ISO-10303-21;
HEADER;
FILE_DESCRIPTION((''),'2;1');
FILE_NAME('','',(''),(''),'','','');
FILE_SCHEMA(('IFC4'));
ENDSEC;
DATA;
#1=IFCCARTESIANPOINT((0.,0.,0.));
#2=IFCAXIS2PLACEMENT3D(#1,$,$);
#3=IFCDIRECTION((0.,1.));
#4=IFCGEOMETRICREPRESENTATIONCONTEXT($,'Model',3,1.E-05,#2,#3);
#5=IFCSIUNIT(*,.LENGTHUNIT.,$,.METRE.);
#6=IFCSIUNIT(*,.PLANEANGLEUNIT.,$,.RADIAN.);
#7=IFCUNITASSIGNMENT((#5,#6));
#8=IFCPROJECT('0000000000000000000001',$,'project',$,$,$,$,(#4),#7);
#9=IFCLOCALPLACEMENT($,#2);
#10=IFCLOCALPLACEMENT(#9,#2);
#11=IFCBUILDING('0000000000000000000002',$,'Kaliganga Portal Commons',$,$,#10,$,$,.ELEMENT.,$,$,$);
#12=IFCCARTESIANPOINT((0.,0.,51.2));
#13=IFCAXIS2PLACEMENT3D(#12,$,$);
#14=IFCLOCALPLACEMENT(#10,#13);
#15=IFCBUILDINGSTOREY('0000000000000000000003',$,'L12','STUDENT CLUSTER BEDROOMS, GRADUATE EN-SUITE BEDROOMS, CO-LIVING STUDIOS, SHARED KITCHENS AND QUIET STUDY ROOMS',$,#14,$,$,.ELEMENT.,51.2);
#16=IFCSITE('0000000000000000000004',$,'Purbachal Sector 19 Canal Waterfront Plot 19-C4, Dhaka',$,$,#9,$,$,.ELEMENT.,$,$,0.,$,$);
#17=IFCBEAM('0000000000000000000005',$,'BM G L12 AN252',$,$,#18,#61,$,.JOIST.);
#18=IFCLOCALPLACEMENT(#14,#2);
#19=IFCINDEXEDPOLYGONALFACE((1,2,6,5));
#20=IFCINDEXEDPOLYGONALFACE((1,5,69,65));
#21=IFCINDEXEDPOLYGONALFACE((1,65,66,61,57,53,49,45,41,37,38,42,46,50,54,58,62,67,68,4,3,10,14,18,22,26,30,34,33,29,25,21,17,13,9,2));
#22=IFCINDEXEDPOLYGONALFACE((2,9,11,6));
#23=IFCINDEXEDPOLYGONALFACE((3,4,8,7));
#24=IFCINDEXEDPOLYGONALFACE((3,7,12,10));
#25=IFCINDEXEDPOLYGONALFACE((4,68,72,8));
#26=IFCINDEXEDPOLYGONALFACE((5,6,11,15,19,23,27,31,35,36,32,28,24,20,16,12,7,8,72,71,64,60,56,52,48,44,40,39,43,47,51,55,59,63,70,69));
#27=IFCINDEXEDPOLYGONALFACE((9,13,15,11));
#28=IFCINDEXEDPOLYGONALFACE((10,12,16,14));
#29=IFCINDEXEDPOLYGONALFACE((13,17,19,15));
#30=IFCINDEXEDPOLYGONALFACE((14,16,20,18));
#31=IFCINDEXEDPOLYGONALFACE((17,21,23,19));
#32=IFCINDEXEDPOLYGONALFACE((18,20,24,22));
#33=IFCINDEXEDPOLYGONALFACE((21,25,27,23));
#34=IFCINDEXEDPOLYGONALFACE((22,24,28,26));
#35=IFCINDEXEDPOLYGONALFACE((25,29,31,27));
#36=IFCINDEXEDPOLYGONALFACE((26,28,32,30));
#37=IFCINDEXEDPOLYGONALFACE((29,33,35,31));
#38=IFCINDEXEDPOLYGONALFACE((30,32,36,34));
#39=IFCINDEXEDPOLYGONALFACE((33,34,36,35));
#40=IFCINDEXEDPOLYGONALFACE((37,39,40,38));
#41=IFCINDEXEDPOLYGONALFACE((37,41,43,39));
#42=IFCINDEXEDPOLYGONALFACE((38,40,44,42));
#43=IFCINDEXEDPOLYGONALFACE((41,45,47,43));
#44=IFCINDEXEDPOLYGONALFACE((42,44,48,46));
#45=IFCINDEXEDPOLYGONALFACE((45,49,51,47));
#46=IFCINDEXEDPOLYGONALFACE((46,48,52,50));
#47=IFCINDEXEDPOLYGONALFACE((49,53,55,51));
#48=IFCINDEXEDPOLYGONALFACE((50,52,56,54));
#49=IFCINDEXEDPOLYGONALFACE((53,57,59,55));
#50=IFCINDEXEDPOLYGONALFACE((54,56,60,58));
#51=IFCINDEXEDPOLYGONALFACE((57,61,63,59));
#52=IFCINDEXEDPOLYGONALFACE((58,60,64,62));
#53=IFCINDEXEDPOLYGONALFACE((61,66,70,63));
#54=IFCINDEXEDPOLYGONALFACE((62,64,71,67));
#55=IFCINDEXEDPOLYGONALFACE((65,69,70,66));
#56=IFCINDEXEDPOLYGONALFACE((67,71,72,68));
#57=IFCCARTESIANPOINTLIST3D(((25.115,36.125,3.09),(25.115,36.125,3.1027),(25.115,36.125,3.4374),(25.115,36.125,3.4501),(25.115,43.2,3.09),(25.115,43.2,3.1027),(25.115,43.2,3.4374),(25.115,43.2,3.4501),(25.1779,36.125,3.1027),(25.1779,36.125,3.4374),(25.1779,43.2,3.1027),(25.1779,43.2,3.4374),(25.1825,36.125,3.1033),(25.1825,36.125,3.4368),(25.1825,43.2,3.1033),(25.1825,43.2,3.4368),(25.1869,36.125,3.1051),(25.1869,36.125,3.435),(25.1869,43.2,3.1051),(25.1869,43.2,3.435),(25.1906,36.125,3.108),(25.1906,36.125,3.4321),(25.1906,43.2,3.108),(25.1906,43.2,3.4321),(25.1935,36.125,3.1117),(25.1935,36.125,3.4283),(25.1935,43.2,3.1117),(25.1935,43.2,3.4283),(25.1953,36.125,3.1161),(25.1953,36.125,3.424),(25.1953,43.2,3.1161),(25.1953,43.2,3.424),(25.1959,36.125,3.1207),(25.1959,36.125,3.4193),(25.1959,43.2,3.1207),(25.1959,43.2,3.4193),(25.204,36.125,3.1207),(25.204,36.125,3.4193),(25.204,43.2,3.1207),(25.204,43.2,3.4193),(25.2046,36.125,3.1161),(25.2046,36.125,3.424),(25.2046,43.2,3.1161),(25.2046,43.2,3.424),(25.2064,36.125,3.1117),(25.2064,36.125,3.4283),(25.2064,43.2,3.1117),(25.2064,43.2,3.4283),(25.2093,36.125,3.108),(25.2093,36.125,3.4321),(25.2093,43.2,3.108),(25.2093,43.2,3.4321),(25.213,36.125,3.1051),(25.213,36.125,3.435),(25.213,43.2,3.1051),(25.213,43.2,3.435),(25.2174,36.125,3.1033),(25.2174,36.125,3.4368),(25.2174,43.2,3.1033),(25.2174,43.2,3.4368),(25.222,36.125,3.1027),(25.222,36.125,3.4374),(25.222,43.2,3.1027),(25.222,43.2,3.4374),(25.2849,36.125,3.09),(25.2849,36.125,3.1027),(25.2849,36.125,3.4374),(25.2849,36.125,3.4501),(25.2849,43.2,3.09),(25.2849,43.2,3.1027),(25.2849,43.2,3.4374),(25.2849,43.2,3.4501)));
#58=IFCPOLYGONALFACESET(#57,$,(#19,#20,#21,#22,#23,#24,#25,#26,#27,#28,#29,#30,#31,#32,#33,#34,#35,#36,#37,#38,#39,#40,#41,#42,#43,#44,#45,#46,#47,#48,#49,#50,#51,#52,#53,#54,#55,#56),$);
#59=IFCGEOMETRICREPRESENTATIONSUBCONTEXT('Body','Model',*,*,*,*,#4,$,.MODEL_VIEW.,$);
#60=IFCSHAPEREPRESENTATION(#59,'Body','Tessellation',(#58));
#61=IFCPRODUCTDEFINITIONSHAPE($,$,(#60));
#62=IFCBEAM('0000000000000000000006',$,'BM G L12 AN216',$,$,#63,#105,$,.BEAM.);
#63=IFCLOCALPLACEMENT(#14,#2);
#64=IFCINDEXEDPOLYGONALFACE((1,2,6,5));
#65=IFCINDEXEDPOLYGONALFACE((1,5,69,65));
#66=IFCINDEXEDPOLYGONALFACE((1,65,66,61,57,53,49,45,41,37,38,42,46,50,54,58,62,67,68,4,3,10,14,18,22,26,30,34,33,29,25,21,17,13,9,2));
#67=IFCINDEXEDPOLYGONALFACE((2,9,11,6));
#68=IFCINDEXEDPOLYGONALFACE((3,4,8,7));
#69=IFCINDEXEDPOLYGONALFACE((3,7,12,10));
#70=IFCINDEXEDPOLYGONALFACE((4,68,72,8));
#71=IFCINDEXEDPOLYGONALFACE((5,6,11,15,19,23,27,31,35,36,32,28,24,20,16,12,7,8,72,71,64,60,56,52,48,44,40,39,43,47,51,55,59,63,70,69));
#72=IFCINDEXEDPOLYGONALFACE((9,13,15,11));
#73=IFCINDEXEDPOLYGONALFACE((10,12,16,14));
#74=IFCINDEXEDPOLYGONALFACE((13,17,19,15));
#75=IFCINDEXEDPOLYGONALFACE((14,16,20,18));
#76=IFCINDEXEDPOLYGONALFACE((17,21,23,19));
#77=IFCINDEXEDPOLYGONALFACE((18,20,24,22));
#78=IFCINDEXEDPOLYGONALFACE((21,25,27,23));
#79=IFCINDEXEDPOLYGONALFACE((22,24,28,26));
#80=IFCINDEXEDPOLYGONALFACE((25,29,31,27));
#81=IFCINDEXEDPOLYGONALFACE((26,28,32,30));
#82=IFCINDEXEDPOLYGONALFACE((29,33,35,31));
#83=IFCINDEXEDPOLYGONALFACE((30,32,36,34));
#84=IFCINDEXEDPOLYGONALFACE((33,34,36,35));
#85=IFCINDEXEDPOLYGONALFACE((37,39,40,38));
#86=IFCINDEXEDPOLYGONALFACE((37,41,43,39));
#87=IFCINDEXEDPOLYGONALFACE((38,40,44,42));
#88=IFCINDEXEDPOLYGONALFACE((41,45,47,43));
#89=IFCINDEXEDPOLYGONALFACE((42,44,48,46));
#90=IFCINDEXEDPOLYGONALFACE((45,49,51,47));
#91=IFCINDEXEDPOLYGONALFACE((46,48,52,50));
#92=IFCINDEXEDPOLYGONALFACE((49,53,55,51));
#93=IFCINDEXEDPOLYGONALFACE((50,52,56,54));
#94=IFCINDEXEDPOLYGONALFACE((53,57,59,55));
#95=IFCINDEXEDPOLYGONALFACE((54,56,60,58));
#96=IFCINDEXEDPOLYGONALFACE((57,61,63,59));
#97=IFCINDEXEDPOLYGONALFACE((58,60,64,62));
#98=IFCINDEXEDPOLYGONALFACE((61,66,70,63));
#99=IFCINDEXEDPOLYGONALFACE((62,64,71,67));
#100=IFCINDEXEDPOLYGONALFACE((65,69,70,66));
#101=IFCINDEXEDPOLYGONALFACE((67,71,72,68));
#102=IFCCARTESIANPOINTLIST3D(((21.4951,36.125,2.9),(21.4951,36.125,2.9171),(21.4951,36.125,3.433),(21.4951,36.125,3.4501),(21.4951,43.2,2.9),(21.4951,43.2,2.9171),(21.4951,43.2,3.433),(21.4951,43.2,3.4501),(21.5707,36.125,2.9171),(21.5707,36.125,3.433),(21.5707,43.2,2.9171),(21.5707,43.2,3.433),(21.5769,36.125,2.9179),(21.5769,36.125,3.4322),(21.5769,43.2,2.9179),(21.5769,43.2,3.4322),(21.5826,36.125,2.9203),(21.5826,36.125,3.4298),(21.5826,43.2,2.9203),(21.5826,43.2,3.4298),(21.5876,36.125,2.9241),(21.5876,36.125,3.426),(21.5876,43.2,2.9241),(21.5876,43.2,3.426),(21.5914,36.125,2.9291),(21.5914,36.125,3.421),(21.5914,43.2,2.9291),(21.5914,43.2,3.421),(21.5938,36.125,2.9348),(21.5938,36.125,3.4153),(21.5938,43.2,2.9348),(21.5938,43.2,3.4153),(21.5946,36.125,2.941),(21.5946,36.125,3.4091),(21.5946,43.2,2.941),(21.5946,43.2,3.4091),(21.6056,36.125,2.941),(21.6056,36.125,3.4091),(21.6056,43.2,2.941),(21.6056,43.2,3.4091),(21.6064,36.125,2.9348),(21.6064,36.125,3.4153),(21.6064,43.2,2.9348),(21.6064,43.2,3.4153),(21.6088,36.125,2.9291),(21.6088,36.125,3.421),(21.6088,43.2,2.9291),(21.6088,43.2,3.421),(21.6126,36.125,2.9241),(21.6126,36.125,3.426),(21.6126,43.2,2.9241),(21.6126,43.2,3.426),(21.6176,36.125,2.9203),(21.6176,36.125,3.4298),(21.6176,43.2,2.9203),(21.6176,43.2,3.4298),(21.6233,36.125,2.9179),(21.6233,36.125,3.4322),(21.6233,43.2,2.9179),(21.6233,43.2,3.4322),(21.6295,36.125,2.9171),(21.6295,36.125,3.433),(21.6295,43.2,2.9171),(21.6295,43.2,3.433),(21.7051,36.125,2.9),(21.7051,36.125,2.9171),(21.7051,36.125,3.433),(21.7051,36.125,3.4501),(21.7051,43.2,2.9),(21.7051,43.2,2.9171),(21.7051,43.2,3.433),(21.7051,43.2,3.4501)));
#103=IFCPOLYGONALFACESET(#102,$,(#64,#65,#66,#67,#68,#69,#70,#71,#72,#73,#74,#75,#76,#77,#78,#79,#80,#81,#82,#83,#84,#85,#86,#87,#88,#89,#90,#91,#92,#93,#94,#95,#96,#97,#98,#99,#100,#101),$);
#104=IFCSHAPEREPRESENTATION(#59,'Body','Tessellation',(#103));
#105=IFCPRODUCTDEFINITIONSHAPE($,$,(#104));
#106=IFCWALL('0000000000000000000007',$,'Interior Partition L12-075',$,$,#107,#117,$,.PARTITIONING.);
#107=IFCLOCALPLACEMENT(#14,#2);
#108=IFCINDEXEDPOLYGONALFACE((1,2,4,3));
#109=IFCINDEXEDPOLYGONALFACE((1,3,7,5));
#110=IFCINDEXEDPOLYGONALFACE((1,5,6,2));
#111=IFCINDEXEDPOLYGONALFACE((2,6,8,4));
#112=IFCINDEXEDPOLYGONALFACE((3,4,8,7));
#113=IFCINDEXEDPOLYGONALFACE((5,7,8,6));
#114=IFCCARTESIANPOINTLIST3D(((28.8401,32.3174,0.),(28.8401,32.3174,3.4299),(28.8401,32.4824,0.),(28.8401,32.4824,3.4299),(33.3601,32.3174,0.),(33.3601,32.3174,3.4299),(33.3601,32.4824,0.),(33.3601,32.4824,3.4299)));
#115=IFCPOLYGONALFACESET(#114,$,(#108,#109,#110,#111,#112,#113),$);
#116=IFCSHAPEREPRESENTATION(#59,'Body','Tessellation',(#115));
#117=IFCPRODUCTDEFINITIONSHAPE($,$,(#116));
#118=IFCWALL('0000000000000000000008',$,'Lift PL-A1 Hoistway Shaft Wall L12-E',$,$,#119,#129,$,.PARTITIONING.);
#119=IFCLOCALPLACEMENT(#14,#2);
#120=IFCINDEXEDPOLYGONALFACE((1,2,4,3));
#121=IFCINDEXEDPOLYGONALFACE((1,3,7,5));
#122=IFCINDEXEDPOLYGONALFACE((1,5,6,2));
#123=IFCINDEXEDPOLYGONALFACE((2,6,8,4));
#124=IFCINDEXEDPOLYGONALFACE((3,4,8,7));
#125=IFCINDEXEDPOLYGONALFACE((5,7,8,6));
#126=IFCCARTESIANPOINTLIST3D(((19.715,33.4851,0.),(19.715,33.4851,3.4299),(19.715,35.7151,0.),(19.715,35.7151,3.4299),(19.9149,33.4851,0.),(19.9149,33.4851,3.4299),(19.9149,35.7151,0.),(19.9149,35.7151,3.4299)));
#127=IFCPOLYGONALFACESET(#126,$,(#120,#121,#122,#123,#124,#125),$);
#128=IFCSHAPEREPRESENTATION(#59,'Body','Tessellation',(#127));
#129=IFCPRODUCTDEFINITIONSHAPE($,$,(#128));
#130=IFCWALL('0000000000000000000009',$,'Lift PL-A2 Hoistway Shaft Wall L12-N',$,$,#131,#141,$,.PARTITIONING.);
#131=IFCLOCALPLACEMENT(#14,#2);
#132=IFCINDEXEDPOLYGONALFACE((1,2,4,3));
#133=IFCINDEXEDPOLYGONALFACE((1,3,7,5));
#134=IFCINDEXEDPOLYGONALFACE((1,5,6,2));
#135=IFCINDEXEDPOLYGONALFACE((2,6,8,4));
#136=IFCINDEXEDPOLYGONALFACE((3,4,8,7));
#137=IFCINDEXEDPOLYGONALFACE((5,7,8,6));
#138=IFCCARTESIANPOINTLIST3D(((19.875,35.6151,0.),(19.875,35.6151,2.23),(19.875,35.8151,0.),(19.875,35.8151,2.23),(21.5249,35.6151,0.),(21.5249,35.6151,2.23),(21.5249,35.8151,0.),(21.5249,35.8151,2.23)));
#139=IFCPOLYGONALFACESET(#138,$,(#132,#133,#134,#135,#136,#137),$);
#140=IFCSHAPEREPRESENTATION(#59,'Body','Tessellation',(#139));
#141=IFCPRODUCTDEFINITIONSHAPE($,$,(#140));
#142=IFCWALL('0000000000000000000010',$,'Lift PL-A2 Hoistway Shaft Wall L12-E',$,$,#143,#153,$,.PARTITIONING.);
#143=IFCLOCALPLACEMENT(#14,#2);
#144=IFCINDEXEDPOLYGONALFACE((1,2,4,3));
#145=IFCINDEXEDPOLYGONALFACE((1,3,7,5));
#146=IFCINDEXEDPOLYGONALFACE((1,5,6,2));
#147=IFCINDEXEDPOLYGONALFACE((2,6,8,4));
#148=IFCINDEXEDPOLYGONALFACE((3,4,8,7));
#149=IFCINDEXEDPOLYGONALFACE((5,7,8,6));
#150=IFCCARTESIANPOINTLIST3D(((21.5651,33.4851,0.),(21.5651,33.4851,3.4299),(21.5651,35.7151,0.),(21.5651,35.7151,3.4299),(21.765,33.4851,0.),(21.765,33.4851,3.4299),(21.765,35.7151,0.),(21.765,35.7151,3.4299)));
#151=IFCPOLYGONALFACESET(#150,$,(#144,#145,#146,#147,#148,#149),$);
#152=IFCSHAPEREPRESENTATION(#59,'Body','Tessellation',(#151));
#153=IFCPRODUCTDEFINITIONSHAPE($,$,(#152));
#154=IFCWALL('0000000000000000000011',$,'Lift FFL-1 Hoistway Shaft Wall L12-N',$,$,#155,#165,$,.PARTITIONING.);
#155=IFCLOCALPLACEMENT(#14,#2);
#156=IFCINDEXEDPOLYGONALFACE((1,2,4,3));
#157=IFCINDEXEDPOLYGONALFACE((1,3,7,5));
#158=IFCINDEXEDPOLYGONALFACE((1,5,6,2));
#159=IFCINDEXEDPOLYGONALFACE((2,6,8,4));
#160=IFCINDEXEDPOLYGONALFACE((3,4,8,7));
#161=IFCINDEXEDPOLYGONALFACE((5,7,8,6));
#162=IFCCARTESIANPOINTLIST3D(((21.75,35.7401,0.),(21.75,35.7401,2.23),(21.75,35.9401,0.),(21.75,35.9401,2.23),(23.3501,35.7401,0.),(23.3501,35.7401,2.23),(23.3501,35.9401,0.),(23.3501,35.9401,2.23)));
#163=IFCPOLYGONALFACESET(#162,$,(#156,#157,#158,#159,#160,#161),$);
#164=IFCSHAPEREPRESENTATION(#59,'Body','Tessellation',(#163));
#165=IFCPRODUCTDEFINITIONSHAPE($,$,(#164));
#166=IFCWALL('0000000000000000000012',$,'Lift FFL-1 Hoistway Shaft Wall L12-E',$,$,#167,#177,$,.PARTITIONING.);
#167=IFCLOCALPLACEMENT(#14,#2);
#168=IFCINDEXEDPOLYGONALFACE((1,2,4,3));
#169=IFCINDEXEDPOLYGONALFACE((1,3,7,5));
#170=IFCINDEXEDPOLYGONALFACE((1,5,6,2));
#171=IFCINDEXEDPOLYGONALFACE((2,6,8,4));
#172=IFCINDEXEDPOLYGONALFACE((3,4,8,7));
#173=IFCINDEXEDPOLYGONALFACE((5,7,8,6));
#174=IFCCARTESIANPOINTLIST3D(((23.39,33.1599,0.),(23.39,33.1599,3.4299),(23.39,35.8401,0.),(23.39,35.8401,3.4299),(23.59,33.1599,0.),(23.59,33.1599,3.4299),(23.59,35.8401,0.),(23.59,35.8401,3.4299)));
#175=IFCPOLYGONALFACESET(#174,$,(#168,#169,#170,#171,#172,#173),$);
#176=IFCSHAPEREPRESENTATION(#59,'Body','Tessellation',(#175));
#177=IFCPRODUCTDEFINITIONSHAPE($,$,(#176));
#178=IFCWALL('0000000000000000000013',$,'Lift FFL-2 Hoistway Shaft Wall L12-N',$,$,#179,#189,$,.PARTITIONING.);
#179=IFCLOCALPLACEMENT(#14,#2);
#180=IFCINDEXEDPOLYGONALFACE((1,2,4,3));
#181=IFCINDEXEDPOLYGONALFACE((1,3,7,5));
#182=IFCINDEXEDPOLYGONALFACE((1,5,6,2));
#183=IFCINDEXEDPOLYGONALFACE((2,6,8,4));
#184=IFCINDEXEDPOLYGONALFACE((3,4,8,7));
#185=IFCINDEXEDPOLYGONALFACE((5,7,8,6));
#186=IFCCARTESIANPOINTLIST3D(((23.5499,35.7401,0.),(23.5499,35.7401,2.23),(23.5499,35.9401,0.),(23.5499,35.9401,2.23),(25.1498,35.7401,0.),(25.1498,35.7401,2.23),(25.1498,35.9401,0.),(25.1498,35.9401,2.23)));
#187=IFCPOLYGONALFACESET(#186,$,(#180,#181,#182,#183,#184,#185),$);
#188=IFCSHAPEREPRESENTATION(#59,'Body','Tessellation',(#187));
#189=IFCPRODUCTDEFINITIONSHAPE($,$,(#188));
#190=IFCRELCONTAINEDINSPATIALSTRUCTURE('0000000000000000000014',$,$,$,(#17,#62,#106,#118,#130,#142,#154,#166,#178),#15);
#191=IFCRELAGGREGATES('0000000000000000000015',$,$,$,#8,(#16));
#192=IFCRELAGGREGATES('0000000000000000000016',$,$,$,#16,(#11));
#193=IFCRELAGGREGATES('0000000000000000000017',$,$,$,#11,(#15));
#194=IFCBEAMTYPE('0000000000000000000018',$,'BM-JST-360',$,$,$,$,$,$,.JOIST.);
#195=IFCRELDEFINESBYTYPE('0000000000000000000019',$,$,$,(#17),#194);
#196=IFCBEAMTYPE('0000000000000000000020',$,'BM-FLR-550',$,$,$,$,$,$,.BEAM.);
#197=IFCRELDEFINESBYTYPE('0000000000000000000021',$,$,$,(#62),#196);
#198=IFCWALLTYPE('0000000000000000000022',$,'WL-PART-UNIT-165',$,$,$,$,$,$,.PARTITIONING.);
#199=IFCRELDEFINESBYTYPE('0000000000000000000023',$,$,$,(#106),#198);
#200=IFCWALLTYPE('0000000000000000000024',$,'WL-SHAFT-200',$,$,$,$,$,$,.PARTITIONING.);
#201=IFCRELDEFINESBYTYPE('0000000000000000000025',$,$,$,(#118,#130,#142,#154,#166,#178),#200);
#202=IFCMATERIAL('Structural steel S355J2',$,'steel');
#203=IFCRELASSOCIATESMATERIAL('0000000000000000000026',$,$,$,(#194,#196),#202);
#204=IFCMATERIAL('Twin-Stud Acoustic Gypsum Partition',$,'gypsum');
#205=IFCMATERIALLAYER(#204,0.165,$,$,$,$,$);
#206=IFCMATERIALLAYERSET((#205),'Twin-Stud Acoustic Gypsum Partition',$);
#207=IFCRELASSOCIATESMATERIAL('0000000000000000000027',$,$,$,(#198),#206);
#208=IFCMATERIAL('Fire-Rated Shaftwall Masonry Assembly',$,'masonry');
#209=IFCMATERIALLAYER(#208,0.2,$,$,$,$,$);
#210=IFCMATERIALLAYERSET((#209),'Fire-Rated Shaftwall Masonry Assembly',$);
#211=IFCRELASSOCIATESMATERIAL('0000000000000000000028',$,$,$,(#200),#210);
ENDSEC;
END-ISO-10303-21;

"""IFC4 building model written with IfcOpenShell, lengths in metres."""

from ifc_helpers import new_model, si_unit, direction, frame, frame_2d, origin, origin_2d, place, context, subcontext, project, spatial, rectangle, i_section, extrude, source, transform, mapped, material, layer, layer_set, material_profile, profile_set, type_object, element, save


model = new_model("IFC4")

# Units and contexts
model_context = context("Model", 3, precision=1e-05, world=origin(), true_north=direction((0.0, 1.0)))
body_context = subcontext(model_context, "Body", "Model", "MODEL_VIEW")
ifc_project = project(units=[si_unit("LENGTHUNIT", "METRE"), si_unit("PLANEANGLEUNIT", "RADIAN")], contexts=[model_context])

# Site, building, storey
site_placement = place(None, origin())
site = spatial("IfcSite", under=ifc_project, at=site_placement, Name="Purbachal Sector 19 Canal Waterfront Plot 19-C4, Dhaka", CompositionType="ELEMENT", RefElevation=0.0)
building_placement = place(site_placement, origin())
building = spatial("IfcBuilding", under=site, at=building_placement, Name="Kaliganga Portal Commons", CompositionType="ELEMENT")
storey_placement = place(building_placement, frame((0.0, 0.0, 51.2)))
storey = spatial("IfcBuildingStorey", under=building, at=storey_placement, Name="L12", Description="STUDENT CLUSTER BEDROOMS, GRADUATE EN-SUITE BEDROOMS, CO-LIVING STUDIOS, SHARED KITCHENS AND QUIET STUDY ROOMS", CompositionType="ELEMENT", Elevation=51.2)

# Beams
ifc_material_1 = material(Name="Structural steel S355J2", Category="steel")
ifc_material_profile_1 = material_profile(ifc_material_1, i_section(OverallWidth=0.1699, OverallDepth=0.3601, WebThickness=0.0081, FlangeThickness=0.0127, FilletRadius=0.0181, at=origin_2d()), Name="IPE 360")
ifc_profile_set_1 = profile_set([ifc_material_profile_1], Name="Structural steel S355J2 wide-flange")
beam_type_1 = type_object("IfcBeamType", Name="BM-JST-360", PredefinedType="JOIST", material=ifc_profile_set_1)
shared_shape_1 = source(origin(), body_context, "Body", "SweptSolid", [
    extrude(i_section(OverallWidth=0.1699, OverallDepth=0.3601, WebThickness=0.0081, FlangeThickness=0.0127, FilletRadius=0.0181, at=origin_2d()), origin(), (0.0, 0.0, 1.0), 7.075),
])
beam_1_placement = place(storey_placement, frame((25.2, 36.125, 3.27), z_axis=(0.0, 1.0, 0.0), x_axis=(-1.0, 0.0, 0.0)))
element("IfcBeam", 1, at=beam_1_placement, inside=storey, type_object=beam_type_1, Name="BM G L12 AN252", PredefinedType="JOIST", context=body_context, shape_type="MappedRepresentation", body=[
    mapped(shared_shape_1, transform((0.0, 0.0, 0.0), x_axis=(1.0, 0.0, 0.0), y_axis=(0.0, 1.0, 0.0), z_axis=(0.0, 0.0, 1.0), scale=1.0)),
])
ifc_material_profile_2 = material_profile(ifc_material_1, i_section(OverallWidth=0.21, OverallDepth=0.55, WebThickness=0.011, FlangeThickness=0.0171, FilletRadius=0.0239, at=origin_2d()), Name="IPE 550")
ifc_profile_set_2 = profile_set([ifc_material_profile_2], Name="Structural steel S355J2 wide-flange")
beam_type_2 = type_object("IfcBeamType", Name="BM-FLR-550", PredefinedType="BEAM", material=ifc_profile_set_2)
shared_shape_2 = source(origin(), body_context, "Body", "SweptSolid", [
    extrude(i_section(OverallWidth=0.21, OverallDepth=0.55, WebThickness=0.011, FlangeThickness=0.0171, FilletRadius=0.0239, at=origin_2d()), origin(), (0.0, 0.0, 1.0), 7.075),
])
beam_2_placement = place(storey_placement, frame((21.6001, 36.125, 3.175), z_axis=(0.0, 1.0, 0.0), x_axis=(-1.0, 0.0, 0.0)))
element("IfcBeam", 2, at=beam_2_placement, inside=storey, type_object=beam_type_2, Name="BM G L12 AN216", PredefinedType="BEAM", context=body_context, shape_type="MappedRepresentation", body=[
    mapped(shared_shape_2, transform((0.0, 0.0, 0.0), x_axis=(1.0, 0.0, 0.0), y_axis=(0.0, 1.0, 0.0), z_axis=(0.0, 0.0, 1.0), scale=1.0)),
])

# Walls
ifc_material_2 = material(Name="Twin-Stud Acoustic Gypsum Partition", Category="gypsum")
ifc_layer_1 = layer(ifc_material_2, 0.165)
ifc_layer_set_1 = layer_set([ifc_layer_1], Name="Twin-Stud Acoustic Gypsum Partition")
wall_type_1 = type_object("IfcWallType", Name="WL-PART-UNIT-165", PredefinedType="PARTITIONING", material=ifc_layer_set_1)
wall_1_placement = place(storey_placement, frame((28.8401, 32.3999, 0.0), z_axis=(0.0, 0.0, 1.0), x_axis=(1.0, 0.0, 0.0)))
element("IfcWall", 3, at=wall_1_placement, inside=storey, type_object=wall_type_1, Name="Interior Partition L12-075", PredefinedType="PARTITIONING", context=body_context, shape_type="SweptSolid", body=[
    extrude(rectangle(XDim=4.52, YDim=0.165, at=frame_2d((2.26, 0.0))), origin(), (0.0, 0.0, 1.0), 3.4299),
])
ifc_material_3 = material(Name="Fire-Rated Shaftwall Masonry Assembly", Category="masonry")
ifc_layer_2 = layer(ifc_material_3, 0.2)
ifc_layer_set_2 = layer_set([ifc_layer_2], Name="Fire-Rated Shaftwall Masonry Assembly")
wall_type_2 = type_object("IfcWallType", Name="WL-SHAFT-200", PredefinedType="PARTITIONING", material=ifc_layer_set_2)
wall_2_placement = place(storey_placement, frame((19.8149, 33.4851, 0.0), z_axis=(0.0, 0.0, 1.0), x_axis=(0.0, 1.0, 0.0)))
element("IfcWall", 4, at=wall_2_placement, inside=storey, type_object=wall_type_2, Name="Lift PL-A1 Hoistway Shaft Wall L12-E", PredefinedType="PARTITIONING", context=body_context, shape_type="SweptSolid", body=[
    extrude(rectangle(XDim=2.23, YDim=0.2, at=frame_2d((1.115, 0.0))), origin(), (0.0, 0.0, 1.0), 3.4299),
])

# Walls
wall_3_placement = place(storey_placement, frame((19.875, 35.7151, 0.0), z_axis=(0.0, 0.0, 1.0), x_axis=(1.0, 0.0, 0.0)))
element("IfcWall", 5, at=wall_3_placement, inside=storey, type_object=wall_type_2, Name="Lift PL-A2 Hoistway Shaft Wall L12-N", PredefinedType="PARTITIONING", context=body_context, shape_type="SweptSolid", body=[
    extrude(rectangle(XDim=1.6499, YDim=0.2, at=frame_2d((0.825, 0.0))), origin(), (0.0, 0.0, 1.0), 2.23),
])
wall_4_placement = place(storey_placement, frame((21.665, 33.4851, 0.0), z_axis=(0.0, 0.0, 1.0), x_axis=(0.0, 1.0, 0.0)))
element("IfcWall", 6, at=wall_4_placement, inside=storey, type_object=wall_type_2, Name="Lift PL-A2 Hoistway Shaft Wall L12-E", PredefinedType="PARTITIONING", context=body_context, shape_type="SweptSolid", body=[
    extrude(rectangle(XDim=2.23, YDim=0.2, at=frame_2d((1.115, 0.0))), origin(), (0.0, 0.0, 1.0), 3.4299),
])

# Walls
wall_5_placement = place(storey_placement, frame((21.75, 35.8401, 0.0), z_axis=(0.0, 0.0, 1.0), x_axis=(1.0, 0.0, 0.0)))
element("IfcWall", 7, at=wall_5_placement, inside=storey, type_object=wall_type_2, Name="Lift FFL-1 Hoistway Shaft Wall L12-N", PredefinedType="PARTITIONING", context=body_context, shape_type="SweptSolid", body=[
    extrude(rectangle(XDim=1.6001, YDim=0.2, at=frame_2d((0.8, 0.0))), origin(), (0.0, 0.0, 1.0), 2.23),
])
wall_6_placement = place(storey_placement, frame((23.49, 33.1599, 0.0), z_axis=(0.0, 0.0, 1.0), x_axis=(0.0, 1.0, 0.0)))
element("IfcWall", 8, at=wall_6_placement, inside=storey, type_object=wall_type_2, Name="Lift FFL-1 Hoistway Shaft Wall L12-E", PredefinedType="PARTITIONING", context=body_context, shape_type="SweptSolid", body=[
    extrude(rectangle(XDim=2.6802, YDim=0.2, at=frame_2d((1.3401, 0.0))), origin(), (0.0, 0.0, 1.0), 3.4299),
])

# Wall
wall_7_placement = place(storey_placement, frame((23.55, 35.8401, 0.0), z_axis=(0.0, 0.0, 1.0), x_axis=(1.0, 0.0, 0.0)))
element("IfcWall", 9, at=wall_7_placement, inside=storey, type_object=wall_type_2, Name="Lift FFL-2 Hoistway Shaft Wall L12-N", PredefinedType="PARTITIONING", context=body_context, shape_type="SweptSolid", body=[
    extrude(rectangle(XDim=1.5999, YDim=0.2, at=frame_2d((0.7998, 0.0))), origin(), (0.0, 0.0, 1.0), 2.23),
])

save(model, "model.ifc")
